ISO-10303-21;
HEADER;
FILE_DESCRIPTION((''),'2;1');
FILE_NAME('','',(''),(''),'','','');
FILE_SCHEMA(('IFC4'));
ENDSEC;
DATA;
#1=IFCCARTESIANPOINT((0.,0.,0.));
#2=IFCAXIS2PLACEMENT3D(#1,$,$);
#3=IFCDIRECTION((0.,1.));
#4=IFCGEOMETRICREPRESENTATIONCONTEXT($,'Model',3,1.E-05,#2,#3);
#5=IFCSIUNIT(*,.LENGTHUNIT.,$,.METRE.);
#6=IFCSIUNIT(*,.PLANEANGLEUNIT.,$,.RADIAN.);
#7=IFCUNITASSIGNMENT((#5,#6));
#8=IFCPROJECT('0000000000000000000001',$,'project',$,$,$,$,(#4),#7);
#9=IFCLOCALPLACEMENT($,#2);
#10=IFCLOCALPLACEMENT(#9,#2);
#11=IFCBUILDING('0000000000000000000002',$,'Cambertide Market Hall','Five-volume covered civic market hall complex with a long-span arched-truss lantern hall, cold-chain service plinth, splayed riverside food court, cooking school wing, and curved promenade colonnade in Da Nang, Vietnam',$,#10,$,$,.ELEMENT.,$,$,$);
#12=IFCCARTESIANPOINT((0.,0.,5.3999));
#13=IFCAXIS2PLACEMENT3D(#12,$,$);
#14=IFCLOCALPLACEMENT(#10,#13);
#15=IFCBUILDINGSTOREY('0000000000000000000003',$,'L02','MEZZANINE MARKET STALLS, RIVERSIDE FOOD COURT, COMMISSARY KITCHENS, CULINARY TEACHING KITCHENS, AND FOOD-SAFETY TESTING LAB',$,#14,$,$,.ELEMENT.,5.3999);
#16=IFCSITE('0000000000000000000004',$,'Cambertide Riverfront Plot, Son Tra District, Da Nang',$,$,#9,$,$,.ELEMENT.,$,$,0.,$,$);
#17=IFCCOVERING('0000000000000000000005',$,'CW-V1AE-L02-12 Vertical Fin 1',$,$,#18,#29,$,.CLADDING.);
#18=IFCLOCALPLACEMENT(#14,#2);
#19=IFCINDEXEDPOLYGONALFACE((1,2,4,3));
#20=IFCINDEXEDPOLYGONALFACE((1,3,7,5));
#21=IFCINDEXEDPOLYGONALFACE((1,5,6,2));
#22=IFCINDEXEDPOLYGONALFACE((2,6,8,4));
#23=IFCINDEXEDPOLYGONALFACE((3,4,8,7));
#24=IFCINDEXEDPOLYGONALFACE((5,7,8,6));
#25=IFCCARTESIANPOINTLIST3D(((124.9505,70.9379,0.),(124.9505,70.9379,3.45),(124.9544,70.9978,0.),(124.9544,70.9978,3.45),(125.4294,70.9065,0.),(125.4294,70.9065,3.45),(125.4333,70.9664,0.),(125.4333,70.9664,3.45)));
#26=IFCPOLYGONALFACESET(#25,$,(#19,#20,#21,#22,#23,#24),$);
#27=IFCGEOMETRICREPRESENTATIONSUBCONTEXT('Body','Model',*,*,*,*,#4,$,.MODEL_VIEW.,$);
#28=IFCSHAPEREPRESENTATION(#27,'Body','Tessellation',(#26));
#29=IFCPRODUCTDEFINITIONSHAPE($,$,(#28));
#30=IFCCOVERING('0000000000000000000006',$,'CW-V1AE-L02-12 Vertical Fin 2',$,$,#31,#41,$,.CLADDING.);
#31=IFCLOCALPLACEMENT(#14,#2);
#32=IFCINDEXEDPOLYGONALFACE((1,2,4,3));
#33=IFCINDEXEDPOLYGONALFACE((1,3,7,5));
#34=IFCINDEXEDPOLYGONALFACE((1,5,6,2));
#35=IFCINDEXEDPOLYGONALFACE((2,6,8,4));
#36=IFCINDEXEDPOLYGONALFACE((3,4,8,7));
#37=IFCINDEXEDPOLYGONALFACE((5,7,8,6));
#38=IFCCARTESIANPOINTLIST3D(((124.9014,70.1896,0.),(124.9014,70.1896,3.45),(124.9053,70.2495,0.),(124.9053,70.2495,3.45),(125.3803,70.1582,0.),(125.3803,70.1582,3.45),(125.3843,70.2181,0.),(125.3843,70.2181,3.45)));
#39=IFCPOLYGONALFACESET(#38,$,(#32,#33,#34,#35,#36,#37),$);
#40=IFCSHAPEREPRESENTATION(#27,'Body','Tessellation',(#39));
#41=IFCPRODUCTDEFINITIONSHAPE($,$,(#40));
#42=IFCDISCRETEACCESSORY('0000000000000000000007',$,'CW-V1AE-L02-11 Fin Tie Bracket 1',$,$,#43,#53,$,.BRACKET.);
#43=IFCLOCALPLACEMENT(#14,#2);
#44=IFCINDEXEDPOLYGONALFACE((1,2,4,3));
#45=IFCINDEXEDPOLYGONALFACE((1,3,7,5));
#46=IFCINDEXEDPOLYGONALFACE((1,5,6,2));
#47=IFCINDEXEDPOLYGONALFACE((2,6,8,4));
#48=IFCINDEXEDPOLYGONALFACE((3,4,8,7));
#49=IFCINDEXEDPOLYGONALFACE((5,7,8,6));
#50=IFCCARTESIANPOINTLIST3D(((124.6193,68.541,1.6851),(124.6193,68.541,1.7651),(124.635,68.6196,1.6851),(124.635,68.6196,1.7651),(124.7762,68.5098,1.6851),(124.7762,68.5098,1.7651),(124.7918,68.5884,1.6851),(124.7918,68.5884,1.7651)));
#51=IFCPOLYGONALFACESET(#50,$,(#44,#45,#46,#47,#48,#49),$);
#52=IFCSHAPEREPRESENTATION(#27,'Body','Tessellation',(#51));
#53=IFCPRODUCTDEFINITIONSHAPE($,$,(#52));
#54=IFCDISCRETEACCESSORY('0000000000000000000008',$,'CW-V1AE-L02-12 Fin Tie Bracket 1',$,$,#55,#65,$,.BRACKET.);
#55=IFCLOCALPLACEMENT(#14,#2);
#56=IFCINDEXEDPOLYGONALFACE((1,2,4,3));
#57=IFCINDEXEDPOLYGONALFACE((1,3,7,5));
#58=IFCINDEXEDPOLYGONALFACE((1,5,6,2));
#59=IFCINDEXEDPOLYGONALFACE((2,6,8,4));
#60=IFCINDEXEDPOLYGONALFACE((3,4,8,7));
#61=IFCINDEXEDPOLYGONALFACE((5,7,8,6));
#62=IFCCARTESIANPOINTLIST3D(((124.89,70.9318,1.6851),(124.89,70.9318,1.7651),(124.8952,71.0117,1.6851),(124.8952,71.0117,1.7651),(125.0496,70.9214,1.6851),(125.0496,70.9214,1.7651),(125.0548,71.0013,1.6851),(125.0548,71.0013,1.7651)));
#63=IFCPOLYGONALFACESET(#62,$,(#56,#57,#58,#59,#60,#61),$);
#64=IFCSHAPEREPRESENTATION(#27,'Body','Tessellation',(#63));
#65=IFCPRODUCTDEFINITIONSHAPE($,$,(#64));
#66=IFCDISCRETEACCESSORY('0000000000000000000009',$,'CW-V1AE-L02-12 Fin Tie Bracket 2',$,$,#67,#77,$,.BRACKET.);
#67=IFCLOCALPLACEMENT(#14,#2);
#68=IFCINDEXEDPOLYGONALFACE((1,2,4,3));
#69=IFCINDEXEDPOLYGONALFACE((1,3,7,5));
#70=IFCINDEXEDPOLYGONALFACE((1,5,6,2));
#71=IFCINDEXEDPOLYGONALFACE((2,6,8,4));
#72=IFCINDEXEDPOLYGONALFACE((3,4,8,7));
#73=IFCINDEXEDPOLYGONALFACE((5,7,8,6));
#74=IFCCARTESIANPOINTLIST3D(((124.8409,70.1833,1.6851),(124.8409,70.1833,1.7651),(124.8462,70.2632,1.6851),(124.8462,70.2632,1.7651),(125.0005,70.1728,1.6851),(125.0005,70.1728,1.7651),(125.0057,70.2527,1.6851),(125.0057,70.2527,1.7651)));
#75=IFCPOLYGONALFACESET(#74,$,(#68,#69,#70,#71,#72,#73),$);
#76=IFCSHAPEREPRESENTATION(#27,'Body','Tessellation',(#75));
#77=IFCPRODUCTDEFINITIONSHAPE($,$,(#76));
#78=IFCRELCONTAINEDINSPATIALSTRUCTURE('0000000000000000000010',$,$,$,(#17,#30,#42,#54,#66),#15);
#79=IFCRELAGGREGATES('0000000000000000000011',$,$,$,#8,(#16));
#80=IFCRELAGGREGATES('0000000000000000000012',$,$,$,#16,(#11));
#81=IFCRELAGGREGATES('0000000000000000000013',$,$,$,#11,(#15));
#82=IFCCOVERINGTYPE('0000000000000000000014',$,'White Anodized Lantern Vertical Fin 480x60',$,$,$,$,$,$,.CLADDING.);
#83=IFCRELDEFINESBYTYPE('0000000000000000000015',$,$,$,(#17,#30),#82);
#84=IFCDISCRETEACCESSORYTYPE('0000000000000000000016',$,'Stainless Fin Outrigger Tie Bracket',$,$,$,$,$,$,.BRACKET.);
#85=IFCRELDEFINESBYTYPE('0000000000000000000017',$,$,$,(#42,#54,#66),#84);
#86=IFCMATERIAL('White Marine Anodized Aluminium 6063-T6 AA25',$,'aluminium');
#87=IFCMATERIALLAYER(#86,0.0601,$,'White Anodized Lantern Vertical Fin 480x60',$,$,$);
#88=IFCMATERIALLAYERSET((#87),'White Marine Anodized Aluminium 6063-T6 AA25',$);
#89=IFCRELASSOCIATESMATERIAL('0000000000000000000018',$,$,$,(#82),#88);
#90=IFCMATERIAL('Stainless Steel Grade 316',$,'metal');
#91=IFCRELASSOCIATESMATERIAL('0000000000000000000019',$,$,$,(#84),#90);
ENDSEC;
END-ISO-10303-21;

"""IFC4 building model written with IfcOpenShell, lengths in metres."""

from ifc_helpers import new_model, si_unit, direction, frame, origin, origin_2d, place, context, subcontext, project, spatial, rectangle, extrude, material, layer, layer_set, type_object, element, save


model = new_model("IFC4")

# Units and contexts
model_context = context("Model", 3, precision=1e-05, world=origin(), true_north=direction((0.0, 1.0)))
body_context = subcontext(model_context, "Body", "Model", "MODEL_VIEW")
ifc_project = project(units=[si_unit("LENGTHUNIT", "METRE"), si_unit("PLANEANGLEUNIT", "RADIAN")], contexts=[model_context])

# Site, building, storey
site_placement = place(None, origin())
site = spatial("IfcSite", under=ifc_project, at=site_placement, Name="Cambertide Riverfront Plot, Son Tra District, Da Nang", CompositionType="ELEMENT", RefElevation=0.0)
building_placement = place(site_placement, origin())
building = spatial("IfcBuilding", under=site, at=building_placement, Name="Cambertide Market Hall", Description="Five-volume covered civic market hall complex with a long-span arched-truss lantern hall, cold-chain service plinth, splayed riverside food court, cooking school wing, and curved promenade colonnade in Da Nang, Vietnam", CompositionType="ELEMENT")
storey_placement = place(building_placement, frame((0.0, 0.0, 5.3999)))
storey = spatial("IfcBuildingStorey", under=building, at=storey_placement, Name="L02", Description="MEZZANINE MARKET STALLS, RIVERSIDE FOOD COURT, COMMISSARY KITCHENS, CULINARY TEACHING KITCHENS, AND FOOD-SAFETY TESTING LAB", CompositionType="ELEMENT", Elevation=5.3999)

# Coverings
ifc_material_1 = material(Name="White Marine Anodized Aluminium 6063-T6 AA25", Category="aluminium")
ifc_layer_1 = layer(ifc_material_1, 0.0601, Name="White Anodized Lantern Vertical Fin 480x60")
ifc_layer_set_1 = layer_set([ifc_layer_1], Name="White Marine Anodized Aluminium 6063-T6 AA25")
covering_type = type_object("IfcCoveringType", Name="White Anodized Lantern Vertical Fin 480x60", PredefinedType="CLADDING", material=ifc_layer_set_1)
for number, where, z_axis, x_axis, name in (
    (1, (125.1919, 70.9521, 0.0), (0.0, 0.0, 1.0), (-0.065403, -0.997859, 0.0), "CW-V1AE-L02-12 Vertical Fin 1"),
    (2, (125.1428, 70.2039, 0.0), (0.0, 0.0, 1.0), (-0.065403, -0.997859, 0.0), "CW-V1AE-L02-12 Vertical Fin 2"),
):
    element("IfcCovering", number, at=place(storey_placement, frame(where, z_axis=z_axis, x_axis=x_axis)), inside=storey, type_object=covering_type, Name=name, PredefinedType="CLADDING", context=body_context, shape_type="SweptSolid", body=[
        extrude(rectangle(XDim=0.0601, YDim=0.48, at=origin_2d()), origin(), (0.0, 0.0, 1.0), 3.45),
    ])

# Discrete accessories
ifc_material_2 = material(Name="Stainless Steel Grade 316", Category="metal")
discrete_accessory_type = type_object("IfcDiscreteAccessoryType", Name="Stainless Fin Outrigger Tie Bracket", PredefinedType="BRACKET", material=ifc_material_2)
for number, where, z_axis, x_axis, name in (
    (3, (124.7056, 68.5647, 1.6851), (0.0, 0.0, 1.0), (-0.19509, -0.980785, 0.0), "CW-V1AE-L02-11 Fin Tie Bracket 1"),
    (4, (124.9724, 70.9666, 1.6851), (0.0, 0.0, 1.0), (-0.065403, -0.997859, 0.0), "CW-V1AE-L02-12 Fin Tie Bracket 1"),
    (5, (124.9233, 70.218, 1.6851), (0.0, 0.0, 1.0), (-0.065403, -0.997859, 0.0), "CW-V1AE-L02-12 Fin Tie Bracket 2"),
):
    element("IfcDiscreteAccessory", number, at=place(storey_placement, frame(where, z_axis=z_axis, x_axis=x_axis)), inside=storey, type_object=discrete_accessory_type, Name=name, PredefinedType="BRACKET", context=body_context, shape_type="SweptSolid", body=[
        extrude(rectangle(XDim=0.0801, YDim=0.1599, at=origin_2d()), origin(), (0.0, 0.0, 1.0), 0.0801),
    ])

save(model, "model.ifc")
